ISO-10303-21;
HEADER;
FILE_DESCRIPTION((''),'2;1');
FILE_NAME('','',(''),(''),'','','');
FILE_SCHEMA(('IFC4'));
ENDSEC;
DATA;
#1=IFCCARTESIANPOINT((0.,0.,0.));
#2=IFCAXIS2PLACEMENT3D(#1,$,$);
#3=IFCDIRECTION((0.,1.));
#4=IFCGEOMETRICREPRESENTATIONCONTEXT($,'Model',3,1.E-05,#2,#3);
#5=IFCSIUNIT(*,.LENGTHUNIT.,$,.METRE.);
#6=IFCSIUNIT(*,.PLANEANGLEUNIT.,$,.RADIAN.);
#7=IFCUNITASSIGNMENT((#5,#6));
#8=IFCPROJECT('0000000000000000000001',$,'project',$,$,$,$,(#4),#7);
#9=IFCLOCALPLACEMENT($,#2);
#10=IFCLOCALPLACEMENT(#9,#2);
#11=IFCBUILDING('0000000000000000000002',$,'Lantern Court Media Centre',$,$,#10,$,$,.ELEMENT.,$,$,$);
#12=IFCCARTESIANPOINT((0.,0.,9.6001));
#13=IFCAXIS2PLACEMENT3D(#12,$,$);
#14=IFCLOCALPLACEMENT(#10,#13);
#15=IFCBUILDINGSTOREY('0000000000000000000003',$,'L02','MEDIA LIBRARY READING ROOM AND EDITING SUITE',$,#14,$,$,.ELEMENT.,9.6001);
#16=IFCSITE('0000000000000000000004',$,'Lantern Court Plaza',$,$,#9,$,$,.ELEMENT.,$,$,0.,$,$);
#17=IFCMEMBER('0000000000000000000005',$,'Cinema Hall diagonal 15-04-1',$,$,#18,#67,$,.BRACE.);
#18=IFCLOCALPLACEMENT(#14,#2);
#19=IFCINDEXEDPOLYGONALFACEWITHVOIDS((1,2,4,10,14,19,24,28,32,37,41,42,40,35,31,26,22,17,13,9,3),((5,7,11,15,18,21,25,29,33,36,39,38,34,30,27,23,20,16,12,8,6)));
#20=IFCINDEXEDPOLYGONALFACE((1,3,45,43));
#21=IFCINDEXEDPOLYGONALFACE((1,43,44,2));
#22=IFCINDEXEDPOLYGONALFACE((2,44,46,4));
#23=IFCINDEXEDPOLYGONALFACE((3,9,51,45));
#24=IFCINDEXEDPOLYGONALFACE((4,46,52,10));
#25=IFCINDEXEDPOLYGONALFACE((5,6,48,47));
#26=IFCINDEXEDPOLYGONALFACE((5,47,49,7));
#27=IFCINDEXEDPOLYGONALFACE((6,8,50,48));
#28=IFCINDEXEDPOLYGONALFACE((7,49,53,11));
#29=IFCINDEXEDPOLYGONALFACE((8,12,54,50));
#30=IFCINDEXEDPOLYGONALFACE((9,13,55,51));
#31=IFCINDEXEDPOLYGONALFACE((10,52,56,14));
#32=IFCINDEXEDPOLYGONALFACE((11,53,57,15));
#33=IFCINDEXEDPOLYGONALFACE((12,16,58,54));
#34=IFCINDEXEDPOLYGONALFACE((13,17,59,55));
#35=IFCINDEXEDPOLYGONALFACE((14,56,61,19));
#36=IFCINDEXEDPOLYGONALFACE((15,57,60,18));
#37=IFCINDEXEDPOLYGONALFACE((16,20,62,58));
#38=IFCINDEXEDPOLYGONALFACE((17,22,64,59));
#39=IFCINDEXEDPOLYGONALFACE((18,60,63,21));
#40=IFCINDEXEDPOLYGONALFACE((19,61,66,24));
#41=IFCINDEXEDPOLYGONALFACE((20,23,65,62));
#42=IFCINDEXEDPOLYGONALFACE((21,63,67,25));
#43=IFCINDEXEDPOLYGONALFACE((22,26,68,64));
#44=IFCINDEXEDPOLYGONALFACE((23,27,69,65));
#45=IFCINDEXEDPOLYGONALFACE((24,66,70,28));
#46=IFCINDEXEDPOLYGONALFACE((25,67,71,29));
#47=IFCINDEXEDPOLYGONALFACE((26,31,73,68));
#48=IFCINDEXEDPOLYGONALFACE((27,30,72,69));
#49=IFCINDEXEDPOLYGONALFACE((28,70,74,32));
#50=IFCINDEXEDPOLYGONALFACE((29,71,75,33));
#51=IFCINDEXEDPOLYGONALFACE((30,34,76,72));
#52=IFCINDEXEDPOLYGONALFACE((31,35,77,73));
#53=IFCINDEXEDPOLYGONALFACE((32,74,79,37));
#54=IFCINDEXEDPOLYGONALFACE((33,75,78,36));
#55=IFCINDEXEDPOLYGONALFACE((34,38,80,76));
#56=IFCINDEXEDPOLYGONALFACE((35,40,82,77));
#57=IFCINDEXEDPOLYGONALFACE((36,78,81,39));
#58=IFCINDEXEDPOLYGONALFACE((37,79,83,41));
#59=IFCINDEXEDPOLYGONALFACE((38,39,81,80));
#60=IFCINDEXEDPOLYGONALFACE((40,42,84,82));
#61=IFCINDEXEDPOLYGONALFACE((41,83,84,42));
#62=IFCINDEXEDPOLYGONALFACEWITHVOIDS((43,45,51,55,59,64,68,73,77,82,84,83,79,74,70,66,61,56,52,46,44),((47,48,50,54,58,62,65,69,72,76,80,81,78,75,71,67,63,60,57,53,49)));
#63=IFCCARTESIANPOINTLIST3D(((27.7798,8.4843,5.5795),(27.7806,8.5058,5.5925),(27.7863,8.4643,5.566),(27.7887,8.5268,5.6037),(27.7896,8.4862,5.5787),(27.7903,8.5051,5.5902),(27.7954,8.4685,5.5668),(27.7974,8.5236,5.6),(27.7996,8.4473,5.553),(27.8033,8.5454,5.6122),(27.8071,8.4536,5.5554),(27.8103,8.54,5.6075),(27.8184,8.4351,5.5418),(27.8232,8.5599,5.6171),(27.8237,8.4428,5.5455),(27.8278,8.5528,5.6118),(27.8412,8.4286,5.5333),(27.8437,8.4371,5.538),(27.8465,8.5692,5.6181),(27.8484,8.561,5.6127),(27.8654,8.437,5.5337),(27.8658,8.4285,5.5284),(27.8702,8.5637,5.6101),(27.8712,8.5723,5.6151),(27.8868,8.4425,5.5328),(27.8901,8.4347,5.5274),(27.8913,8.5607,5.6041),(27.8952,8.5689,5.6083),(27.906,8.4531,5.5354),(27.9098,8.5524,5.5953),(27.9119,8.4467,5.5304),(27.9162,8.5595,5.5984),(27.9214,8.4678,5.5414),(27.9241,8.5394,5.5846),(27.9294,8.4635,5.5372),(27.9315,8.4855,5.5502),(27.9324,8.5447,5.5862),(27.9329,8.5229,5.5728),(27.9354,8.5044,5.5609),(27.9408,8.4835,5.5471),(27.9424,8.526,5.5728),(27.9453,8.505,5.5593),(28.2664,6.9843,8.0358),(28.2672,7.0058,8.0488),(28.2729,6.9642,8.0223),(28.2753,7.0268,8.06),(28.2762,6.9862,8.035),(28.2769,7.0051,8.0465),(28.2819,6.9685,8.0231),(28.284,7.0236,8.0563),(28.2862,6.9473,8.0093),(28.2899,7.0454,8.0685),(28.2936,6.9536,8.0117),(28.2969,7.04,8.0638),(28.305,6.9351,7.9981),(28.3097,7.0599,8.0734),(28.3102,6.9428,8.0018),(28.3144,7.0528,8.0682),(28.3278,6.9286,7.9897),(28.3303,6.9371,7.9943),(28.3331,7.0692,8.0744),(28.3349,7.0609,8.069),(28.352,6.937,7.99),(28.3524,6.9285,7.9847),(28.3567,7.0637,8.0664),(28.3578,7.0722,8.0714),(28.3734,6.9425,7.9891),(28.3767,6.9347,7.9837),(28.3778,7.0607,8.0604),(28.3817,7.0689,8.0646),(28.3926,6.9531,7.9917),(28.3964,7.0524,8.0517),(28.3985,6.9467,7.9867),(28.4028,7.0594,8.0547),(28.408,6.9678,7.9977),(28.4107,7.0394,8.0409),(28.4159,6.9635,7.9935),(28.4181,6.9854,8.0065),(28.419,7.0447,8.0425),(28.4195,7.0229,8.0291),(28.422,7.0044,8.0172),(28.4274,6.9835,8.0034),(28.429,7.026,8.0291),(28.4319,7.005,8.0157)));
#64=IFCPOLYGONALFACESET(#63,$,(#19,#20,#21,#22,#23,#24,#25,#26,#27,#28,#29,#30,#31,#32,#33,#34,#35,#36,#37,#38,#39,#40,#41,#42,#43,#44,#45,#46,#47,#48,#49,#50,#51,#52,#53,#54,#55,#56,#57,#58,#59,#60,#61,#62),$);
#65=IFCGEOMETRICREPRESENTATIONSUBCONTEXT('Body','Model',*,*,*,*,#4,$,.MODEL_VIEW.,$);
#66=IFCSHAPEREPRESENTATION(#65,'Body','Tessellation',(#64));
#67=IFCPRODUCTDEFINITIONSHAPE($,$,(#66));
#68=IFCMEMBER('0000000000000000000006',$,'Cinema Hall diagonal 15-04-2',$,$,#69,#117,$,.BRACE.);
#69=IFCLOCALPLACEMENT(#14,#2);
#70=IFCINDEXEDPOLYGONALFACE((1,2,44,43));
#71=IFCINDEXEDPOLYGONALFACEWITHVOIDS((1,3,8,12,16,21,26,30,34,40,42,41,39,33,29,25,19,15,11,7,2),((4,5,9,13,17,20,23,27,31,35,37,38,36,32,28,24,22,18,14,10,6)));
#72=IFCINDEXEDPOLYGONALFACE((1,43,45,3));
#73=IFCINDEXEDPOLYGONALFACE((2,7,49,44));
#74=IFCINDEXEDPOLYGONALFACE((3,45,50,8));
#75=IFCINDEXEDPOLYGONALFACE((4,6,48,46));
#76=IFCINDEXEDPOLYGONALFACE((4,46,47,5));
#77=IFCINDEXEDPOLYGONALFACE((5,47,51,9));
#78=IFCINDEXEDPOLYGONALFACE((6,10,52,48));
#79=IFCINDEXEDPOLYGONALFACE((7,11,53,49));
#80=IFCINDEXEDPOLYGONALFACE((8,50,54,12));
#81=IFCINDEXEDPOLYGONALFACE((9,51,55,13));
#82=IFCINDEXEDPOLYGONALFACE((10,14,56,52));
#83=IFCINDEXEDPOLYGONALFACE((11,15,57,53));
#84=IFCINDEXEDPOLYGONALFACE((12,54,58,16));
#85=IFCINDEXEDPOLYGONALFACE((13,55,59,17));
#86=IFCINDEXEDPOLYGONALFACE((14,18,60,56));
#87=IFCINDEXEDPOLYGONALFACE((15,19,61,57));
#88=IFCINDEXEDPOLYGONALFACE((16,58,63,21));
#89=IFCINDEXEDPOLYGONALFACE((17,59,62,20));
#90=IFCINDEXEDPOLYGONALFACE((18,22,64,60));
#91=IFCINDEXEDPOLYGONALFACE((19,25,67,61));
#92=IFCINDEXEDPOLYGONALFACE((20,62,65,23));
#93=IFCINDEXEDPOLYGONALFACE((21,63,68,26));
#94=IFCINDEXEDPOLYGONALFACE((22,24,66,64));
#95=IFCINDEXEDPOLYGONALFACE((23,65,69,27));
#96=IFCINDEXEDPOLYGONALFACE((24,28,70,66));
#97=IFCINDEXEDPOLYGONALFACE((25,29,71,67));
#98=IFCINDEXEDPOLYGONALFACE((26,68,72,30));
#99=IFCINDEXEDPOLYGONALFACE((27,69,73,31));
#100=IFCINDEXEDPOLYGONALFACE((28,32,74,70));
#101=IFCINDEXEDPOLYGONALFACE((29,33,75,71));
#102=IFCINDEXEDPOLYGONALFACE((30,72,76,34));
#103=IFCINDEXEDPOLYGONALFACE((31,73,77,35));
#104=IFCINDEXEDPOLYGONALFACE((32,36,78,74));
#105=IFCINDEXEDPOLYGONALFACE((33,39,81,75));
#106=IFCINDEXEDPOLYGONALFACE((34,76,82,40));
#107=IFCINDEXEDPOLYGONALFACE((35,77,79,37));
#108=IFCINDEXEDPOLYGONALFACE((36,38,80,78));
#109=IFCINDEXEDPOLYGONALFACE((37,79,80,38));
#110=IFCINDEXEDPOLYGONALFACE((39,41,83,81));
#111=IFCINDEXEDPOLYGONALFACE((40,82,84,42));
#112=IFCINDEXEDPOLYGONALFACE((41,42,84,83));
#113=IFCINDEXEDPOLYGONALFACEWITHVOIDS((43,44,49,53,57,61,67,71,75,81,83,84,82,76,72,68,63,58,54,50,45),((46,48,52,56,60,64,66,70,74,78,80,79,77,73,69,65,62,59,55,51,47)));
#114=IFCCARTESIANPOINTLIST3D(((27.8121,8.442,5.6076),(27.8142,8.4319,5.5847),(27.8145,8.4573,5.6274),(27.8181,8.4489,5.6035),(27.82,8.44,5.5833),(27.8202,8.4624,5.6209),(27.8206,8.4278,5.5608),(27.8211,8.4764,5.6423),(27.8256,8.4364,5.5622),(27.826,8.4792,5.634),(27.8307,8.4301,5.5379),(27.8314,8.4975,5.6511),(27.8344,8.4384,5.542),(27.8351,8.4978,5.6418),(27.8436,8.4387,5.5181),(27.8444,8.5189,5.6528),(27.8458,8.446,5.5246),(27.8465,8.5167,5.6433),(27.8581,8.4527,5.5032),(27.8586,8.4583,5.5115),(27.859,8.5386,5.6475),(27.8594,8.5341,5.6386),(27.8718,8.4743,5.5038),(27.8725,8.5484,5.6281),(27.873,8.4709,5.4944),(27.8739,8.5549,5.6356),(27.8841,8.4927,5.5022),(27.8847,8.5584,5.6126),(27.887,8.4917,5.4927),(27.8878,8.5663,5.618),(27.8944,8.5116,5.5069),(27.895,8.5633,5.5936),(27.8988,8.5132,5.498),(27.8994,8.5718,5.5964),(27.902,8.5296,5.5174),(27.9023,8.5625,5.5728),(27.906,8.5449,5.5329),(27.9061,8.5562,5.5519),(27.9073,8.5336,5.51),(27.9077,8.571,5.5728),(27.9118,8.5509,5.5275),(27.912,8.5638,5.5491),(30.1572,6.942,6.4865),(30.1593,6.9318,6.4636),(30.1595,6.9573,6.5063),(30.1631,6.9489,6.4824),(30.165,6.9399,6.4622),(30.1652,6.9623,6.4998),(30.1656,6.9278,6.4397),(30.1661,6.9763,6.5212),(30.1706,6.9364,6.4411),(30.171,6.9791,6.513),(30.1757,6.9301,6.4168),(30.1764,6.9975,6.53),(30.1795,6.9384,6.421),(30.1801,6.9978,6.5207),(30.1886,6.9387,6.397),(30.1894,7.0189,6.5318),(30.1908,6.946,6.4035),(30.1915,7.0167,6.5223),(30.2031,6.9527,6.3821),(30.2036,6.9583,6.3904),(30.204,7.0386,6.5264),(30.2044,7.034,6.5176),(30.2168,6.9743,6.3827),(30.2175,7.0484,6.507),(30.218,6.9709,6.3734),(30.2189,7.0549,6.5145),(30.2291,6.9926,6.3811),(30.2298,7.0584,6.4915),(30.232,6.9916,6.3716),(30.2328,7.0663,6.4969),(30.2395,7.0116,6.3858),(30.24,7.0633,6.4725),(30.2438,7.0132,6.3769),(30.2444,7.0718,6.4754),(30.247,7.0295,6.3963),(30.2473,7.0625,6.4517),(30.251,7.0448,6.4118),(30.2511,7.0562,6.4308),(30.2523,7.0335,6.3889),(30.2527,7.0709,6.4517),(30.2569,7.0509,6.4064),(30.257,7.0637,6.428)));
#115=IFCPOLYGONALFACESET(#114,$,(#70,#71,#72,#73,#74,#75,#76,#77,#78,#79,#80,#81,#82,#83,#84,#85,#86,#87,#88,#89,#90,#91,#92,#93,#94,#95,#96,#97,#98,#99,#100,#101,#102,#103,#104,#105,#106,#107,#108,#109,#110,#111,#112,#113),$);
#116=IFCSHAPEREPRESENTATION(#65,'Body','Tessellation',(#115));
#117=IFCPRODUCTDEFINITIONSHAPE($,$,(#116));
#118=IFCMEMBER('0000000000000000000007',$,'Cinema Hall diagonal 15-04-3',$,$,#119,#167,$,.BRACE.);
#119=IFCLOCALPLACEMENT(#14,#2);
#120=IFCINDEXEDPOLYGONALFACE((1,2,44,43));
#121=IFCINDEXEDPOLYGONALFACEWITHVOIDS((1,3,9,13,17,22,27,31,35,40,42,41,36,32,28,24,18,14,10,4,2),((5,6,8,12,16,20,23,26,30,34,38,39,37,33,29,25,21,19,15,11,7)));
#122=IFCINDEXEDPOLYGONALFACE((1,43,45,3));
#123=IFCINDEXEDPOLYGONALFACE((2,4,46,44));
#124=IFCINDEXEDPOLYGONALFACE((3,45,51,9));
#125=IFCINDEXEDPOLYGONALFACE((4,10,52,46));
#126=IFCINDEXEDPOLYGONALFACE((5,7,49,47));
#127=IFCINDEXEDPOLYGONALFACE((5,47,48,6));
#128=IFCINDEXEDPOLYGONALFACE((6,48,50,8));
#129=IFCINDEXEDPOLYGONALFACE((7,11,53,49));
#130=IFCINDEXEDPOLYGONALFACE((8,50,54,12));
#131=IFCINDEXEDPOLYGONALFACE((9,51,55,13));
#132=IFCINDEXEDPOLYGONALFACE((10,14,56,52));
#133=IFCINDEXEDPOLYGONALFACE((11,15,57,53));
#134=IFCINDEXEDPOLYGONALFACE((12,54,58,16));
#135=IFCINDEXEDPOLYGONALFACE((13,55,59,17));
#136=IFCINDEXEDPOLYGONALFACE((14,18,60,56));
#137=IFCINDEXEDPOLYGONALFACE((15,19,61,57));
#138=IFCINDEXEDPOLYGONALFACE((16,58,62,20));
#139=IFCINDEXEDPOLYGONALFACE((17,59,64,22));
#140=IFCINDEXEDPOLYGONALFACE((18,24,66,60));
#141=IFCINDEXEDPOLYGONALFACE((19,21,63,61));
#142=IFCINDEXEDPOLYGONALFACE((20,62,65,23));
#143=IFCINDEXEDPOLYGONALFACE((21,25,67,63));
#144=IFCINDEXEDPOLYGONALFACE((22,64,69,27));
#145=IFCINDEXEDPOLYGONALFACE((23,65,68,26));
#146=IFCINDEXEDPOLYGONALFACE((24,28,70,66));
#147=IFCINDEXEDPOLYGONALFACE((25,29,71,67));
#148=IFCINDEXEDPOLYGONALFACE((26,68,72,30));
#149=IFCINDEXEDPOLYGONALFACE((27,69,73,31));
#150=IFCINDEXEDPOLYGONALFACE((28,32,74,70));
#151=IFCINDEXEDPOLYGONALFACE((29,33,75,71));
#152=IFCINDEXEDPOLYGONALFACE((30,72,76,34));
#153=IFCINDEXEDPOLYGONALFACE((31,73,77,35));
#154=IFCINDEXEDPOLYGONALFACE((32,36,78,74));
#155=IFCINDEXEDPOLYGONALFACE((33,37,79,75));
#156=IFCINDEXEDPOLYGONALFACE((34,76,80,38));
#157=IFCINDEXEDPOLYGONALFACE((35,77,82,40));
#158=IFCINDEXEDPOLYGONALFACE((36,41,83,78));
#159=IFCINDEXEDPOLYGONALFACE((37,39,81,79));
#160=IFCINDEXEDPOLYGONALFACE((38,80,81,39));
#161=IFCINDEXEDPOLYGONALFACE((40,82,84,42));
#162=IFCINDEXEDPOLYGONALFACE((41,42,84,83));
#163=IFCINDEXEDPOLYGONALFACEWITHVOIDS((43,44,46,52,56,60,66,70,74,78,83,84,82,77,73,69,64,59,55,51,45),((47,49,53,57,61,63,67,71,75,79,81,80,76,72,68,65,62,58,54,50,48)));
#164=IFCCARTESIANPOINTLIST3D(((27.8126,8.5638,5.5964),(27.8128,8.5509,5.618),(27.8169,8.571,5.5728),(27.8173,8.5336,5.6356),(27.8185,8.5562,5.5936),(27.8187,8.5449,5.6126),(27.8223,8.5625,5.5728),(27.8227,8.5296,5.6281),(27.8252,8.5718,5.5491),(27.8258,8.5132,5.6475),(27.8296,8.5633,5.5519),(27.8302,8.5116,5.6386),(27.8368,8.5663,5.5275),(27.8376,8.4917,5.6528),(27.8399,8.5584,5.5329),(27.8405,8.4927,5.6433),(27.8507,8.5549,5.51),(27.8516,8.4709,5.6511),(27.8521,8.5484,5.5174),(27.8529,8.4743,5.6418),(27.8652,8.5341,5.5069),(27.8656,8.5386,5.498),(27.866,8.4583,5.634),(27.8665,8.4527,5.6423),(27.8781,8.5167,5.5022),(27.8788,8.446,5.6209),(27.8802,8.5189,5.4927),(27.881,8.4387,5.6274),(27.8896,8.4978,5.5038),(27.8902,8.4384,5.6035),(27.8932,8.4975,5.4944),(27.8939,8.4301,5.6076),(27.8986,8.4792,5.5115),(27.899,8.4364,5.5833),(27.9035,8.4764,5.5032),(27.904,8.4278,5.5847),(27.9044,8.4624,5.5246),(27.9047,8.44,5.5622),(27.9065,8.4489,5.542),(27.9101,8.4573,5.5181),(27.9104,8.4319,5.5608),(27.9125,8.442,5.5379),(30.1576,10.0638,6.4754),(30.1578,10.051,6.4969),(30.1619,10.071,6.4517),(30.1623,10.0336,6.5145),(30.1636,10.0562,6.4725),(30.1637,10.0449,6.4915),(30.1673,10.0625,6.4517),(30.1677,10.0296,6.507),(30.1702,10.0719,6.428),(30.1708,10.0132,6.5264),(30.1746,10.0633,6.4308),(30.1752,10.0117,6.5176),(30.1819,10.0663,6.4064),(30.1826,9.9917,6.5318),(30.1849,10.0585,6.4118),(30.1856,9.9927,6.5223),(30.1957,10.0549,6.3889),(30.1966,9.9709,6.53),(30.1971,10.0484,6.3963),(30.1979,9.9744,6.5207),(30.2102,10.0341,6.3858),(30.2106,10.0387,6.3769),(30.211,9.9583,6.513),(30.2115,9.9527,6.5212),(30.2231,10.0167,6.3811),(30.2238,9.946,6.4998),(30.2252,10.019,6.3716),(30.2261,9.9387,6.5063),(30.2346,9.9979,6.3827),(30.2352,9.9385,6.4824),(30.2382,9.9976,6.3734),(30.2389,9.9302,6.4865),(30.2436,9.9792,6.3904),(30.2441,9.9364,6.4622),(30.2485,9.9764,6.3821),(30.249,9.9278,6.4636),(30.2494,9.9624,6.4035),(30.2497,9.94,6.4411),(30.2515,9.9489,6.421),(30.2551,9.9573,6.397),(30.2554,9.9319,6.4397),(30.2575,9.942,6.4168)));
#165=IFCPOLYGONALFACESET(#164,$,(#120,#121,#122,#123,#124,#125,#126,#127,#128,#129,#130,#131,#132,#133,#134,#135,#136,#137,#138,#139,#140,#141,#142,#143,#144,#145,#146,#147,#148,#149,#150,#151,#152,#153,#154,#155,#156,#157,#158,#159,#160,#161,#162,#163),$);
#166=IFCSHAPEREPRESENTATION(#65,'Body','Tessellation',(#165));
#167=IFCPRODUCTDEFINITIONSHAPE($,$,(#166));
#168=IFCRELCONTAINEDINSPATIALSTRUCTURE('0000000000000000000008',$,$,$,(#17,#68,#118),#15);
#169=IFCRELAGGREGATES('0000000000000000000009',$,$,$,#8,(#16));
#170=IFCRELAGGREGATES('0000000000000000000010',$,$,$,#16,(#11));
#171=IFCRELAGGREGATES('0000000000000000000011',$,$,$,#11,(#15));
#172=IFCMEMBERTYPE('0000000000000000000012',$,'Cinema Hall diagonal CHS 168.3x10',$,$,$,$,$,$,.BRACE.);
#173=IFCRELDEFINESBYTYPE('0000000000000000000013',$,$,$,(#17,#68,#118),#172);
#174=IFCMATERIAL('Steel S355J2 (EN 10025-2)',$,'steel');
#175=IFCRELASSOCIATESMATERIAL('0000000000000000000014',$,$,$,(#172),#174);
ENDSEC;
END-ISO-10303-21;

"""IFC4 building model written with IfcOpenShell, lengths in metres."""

from ifc_helpers import new_model, si_unit, direction, frame, origin, origin_2d, place, context, subcontext, project, spatial, hollow_circle, extrude, material, material_profile, profile_set, type_object, element, save


model = new_model("IFC4")

# Units and contexts
model_context = context("Model", 3, precision=1e-05, world=origin(), true_north=direction((0.0, 1.0)))
body_context = subcontext(model_context, "Body", "Model", "MODEL_VIEW")
ifc_project = project(units=[si_unit("LENGTHUNIT", "METRE"), si_unit("PLANEANGLEUNIT", "RADIAN")], contexts=[model_context])

# Site, building, storey
site_placement = place(None, origin())
site = spatial("IfcSite", under=ifc_project, at=site_placement, Name="Lantern Court Plaza", CompositionType="ELEMENT", RefElevation=0.0)
building_placement = place(site_placement, origin())
building = spatial("IfcBuilding", under=site, at=building_placement, Name="Lantern Court Media Centre", CompositionType="ELEMENT")
storey_placement = place(building_placement, frame((0.0, 0.0, 9.6001)))
storey = spatial("IfcBuildingStorey", under=building, at=storey_placement, Name="L02", Description="MEDIA LIBRARY READING ROOM AND EDITING SUITE", CompositionType="ELEMENT", Elevation=9.6001)

# Members
ifc_material = material(Name="Steel S355J2 (EN 10025-2)", Category="steel")
ifc_material_profile_1 = material_profile(ifc_material, hollow_circle(Radius=0.0842, WallThickness=0.01, at=origin_2d()), Name="Cinema Hall diagonal CHS 168.3x10")
ifc_profile_set_1 = profile_set([ifc_material_profile_1], Name="Steel S355J2 (EN 10025-2)")
member_type_1 = type_object("IfcMemberType", Name="Cinema Hall diagonal CHS 168.3x10", PredefinedType="BRACE", material=ifc_profile_set_1)
for number, where, z_axis, x_axis, name in (
    (1, (27.8623, 8.5, 5.5728), (0.166695, -0.513887, 0.841506), (0.951207, 0.308554, 0.0), "Cinema Hall diagonal 15-04-1"),
):
    element("IfcMember", number, at=place(storey_placement, frame(where, z_axis=z_axis, x_axis=x_axis)), inside=storey, type_object=member_type_1, Name=name, PredefinedType="BRACE", context=body_context, shape_type="SweptSolid", body=[
        extrude(hollow_circle(Radius=0.0842, WallThickness=0.01, at=origin_2d()), origin(), (0.0, 0.0, 1.0), 2.9189),
    ])
for number, where, z_axis, x_axis, name in (
    (2, (27.8623, 8.5, 5.5728), (0.803309, -0.51385, 0.301084), (0.538855, 0.842399, 0.0), "Cinema Hall diagonal 15-04-2"),
    (3, (27.8623, 8.5, 5.5728), (0.803309, 0.51385, 0.301084), (-0.538855, 0.842399, 0.0), "Cinema Hall diagonal 15-04-3"),
):
    element("IfcMember", number, at=place(storey_placement, frame(where, z_axis=z_axis, x_axis=x_axis)), inside=storey, type_object=member_type_1, Name=name, PredefinedType="BRACE", context=body_context, shape_type="SweptSolid", body=[
        extrude(hollow_circle(Radius=0.0842, WallThickness=0.01, at=origin_2d()), origin(), (0.0, 0.0, 1.0), 2.9192),
    ])

save(model, "model.ifc")
